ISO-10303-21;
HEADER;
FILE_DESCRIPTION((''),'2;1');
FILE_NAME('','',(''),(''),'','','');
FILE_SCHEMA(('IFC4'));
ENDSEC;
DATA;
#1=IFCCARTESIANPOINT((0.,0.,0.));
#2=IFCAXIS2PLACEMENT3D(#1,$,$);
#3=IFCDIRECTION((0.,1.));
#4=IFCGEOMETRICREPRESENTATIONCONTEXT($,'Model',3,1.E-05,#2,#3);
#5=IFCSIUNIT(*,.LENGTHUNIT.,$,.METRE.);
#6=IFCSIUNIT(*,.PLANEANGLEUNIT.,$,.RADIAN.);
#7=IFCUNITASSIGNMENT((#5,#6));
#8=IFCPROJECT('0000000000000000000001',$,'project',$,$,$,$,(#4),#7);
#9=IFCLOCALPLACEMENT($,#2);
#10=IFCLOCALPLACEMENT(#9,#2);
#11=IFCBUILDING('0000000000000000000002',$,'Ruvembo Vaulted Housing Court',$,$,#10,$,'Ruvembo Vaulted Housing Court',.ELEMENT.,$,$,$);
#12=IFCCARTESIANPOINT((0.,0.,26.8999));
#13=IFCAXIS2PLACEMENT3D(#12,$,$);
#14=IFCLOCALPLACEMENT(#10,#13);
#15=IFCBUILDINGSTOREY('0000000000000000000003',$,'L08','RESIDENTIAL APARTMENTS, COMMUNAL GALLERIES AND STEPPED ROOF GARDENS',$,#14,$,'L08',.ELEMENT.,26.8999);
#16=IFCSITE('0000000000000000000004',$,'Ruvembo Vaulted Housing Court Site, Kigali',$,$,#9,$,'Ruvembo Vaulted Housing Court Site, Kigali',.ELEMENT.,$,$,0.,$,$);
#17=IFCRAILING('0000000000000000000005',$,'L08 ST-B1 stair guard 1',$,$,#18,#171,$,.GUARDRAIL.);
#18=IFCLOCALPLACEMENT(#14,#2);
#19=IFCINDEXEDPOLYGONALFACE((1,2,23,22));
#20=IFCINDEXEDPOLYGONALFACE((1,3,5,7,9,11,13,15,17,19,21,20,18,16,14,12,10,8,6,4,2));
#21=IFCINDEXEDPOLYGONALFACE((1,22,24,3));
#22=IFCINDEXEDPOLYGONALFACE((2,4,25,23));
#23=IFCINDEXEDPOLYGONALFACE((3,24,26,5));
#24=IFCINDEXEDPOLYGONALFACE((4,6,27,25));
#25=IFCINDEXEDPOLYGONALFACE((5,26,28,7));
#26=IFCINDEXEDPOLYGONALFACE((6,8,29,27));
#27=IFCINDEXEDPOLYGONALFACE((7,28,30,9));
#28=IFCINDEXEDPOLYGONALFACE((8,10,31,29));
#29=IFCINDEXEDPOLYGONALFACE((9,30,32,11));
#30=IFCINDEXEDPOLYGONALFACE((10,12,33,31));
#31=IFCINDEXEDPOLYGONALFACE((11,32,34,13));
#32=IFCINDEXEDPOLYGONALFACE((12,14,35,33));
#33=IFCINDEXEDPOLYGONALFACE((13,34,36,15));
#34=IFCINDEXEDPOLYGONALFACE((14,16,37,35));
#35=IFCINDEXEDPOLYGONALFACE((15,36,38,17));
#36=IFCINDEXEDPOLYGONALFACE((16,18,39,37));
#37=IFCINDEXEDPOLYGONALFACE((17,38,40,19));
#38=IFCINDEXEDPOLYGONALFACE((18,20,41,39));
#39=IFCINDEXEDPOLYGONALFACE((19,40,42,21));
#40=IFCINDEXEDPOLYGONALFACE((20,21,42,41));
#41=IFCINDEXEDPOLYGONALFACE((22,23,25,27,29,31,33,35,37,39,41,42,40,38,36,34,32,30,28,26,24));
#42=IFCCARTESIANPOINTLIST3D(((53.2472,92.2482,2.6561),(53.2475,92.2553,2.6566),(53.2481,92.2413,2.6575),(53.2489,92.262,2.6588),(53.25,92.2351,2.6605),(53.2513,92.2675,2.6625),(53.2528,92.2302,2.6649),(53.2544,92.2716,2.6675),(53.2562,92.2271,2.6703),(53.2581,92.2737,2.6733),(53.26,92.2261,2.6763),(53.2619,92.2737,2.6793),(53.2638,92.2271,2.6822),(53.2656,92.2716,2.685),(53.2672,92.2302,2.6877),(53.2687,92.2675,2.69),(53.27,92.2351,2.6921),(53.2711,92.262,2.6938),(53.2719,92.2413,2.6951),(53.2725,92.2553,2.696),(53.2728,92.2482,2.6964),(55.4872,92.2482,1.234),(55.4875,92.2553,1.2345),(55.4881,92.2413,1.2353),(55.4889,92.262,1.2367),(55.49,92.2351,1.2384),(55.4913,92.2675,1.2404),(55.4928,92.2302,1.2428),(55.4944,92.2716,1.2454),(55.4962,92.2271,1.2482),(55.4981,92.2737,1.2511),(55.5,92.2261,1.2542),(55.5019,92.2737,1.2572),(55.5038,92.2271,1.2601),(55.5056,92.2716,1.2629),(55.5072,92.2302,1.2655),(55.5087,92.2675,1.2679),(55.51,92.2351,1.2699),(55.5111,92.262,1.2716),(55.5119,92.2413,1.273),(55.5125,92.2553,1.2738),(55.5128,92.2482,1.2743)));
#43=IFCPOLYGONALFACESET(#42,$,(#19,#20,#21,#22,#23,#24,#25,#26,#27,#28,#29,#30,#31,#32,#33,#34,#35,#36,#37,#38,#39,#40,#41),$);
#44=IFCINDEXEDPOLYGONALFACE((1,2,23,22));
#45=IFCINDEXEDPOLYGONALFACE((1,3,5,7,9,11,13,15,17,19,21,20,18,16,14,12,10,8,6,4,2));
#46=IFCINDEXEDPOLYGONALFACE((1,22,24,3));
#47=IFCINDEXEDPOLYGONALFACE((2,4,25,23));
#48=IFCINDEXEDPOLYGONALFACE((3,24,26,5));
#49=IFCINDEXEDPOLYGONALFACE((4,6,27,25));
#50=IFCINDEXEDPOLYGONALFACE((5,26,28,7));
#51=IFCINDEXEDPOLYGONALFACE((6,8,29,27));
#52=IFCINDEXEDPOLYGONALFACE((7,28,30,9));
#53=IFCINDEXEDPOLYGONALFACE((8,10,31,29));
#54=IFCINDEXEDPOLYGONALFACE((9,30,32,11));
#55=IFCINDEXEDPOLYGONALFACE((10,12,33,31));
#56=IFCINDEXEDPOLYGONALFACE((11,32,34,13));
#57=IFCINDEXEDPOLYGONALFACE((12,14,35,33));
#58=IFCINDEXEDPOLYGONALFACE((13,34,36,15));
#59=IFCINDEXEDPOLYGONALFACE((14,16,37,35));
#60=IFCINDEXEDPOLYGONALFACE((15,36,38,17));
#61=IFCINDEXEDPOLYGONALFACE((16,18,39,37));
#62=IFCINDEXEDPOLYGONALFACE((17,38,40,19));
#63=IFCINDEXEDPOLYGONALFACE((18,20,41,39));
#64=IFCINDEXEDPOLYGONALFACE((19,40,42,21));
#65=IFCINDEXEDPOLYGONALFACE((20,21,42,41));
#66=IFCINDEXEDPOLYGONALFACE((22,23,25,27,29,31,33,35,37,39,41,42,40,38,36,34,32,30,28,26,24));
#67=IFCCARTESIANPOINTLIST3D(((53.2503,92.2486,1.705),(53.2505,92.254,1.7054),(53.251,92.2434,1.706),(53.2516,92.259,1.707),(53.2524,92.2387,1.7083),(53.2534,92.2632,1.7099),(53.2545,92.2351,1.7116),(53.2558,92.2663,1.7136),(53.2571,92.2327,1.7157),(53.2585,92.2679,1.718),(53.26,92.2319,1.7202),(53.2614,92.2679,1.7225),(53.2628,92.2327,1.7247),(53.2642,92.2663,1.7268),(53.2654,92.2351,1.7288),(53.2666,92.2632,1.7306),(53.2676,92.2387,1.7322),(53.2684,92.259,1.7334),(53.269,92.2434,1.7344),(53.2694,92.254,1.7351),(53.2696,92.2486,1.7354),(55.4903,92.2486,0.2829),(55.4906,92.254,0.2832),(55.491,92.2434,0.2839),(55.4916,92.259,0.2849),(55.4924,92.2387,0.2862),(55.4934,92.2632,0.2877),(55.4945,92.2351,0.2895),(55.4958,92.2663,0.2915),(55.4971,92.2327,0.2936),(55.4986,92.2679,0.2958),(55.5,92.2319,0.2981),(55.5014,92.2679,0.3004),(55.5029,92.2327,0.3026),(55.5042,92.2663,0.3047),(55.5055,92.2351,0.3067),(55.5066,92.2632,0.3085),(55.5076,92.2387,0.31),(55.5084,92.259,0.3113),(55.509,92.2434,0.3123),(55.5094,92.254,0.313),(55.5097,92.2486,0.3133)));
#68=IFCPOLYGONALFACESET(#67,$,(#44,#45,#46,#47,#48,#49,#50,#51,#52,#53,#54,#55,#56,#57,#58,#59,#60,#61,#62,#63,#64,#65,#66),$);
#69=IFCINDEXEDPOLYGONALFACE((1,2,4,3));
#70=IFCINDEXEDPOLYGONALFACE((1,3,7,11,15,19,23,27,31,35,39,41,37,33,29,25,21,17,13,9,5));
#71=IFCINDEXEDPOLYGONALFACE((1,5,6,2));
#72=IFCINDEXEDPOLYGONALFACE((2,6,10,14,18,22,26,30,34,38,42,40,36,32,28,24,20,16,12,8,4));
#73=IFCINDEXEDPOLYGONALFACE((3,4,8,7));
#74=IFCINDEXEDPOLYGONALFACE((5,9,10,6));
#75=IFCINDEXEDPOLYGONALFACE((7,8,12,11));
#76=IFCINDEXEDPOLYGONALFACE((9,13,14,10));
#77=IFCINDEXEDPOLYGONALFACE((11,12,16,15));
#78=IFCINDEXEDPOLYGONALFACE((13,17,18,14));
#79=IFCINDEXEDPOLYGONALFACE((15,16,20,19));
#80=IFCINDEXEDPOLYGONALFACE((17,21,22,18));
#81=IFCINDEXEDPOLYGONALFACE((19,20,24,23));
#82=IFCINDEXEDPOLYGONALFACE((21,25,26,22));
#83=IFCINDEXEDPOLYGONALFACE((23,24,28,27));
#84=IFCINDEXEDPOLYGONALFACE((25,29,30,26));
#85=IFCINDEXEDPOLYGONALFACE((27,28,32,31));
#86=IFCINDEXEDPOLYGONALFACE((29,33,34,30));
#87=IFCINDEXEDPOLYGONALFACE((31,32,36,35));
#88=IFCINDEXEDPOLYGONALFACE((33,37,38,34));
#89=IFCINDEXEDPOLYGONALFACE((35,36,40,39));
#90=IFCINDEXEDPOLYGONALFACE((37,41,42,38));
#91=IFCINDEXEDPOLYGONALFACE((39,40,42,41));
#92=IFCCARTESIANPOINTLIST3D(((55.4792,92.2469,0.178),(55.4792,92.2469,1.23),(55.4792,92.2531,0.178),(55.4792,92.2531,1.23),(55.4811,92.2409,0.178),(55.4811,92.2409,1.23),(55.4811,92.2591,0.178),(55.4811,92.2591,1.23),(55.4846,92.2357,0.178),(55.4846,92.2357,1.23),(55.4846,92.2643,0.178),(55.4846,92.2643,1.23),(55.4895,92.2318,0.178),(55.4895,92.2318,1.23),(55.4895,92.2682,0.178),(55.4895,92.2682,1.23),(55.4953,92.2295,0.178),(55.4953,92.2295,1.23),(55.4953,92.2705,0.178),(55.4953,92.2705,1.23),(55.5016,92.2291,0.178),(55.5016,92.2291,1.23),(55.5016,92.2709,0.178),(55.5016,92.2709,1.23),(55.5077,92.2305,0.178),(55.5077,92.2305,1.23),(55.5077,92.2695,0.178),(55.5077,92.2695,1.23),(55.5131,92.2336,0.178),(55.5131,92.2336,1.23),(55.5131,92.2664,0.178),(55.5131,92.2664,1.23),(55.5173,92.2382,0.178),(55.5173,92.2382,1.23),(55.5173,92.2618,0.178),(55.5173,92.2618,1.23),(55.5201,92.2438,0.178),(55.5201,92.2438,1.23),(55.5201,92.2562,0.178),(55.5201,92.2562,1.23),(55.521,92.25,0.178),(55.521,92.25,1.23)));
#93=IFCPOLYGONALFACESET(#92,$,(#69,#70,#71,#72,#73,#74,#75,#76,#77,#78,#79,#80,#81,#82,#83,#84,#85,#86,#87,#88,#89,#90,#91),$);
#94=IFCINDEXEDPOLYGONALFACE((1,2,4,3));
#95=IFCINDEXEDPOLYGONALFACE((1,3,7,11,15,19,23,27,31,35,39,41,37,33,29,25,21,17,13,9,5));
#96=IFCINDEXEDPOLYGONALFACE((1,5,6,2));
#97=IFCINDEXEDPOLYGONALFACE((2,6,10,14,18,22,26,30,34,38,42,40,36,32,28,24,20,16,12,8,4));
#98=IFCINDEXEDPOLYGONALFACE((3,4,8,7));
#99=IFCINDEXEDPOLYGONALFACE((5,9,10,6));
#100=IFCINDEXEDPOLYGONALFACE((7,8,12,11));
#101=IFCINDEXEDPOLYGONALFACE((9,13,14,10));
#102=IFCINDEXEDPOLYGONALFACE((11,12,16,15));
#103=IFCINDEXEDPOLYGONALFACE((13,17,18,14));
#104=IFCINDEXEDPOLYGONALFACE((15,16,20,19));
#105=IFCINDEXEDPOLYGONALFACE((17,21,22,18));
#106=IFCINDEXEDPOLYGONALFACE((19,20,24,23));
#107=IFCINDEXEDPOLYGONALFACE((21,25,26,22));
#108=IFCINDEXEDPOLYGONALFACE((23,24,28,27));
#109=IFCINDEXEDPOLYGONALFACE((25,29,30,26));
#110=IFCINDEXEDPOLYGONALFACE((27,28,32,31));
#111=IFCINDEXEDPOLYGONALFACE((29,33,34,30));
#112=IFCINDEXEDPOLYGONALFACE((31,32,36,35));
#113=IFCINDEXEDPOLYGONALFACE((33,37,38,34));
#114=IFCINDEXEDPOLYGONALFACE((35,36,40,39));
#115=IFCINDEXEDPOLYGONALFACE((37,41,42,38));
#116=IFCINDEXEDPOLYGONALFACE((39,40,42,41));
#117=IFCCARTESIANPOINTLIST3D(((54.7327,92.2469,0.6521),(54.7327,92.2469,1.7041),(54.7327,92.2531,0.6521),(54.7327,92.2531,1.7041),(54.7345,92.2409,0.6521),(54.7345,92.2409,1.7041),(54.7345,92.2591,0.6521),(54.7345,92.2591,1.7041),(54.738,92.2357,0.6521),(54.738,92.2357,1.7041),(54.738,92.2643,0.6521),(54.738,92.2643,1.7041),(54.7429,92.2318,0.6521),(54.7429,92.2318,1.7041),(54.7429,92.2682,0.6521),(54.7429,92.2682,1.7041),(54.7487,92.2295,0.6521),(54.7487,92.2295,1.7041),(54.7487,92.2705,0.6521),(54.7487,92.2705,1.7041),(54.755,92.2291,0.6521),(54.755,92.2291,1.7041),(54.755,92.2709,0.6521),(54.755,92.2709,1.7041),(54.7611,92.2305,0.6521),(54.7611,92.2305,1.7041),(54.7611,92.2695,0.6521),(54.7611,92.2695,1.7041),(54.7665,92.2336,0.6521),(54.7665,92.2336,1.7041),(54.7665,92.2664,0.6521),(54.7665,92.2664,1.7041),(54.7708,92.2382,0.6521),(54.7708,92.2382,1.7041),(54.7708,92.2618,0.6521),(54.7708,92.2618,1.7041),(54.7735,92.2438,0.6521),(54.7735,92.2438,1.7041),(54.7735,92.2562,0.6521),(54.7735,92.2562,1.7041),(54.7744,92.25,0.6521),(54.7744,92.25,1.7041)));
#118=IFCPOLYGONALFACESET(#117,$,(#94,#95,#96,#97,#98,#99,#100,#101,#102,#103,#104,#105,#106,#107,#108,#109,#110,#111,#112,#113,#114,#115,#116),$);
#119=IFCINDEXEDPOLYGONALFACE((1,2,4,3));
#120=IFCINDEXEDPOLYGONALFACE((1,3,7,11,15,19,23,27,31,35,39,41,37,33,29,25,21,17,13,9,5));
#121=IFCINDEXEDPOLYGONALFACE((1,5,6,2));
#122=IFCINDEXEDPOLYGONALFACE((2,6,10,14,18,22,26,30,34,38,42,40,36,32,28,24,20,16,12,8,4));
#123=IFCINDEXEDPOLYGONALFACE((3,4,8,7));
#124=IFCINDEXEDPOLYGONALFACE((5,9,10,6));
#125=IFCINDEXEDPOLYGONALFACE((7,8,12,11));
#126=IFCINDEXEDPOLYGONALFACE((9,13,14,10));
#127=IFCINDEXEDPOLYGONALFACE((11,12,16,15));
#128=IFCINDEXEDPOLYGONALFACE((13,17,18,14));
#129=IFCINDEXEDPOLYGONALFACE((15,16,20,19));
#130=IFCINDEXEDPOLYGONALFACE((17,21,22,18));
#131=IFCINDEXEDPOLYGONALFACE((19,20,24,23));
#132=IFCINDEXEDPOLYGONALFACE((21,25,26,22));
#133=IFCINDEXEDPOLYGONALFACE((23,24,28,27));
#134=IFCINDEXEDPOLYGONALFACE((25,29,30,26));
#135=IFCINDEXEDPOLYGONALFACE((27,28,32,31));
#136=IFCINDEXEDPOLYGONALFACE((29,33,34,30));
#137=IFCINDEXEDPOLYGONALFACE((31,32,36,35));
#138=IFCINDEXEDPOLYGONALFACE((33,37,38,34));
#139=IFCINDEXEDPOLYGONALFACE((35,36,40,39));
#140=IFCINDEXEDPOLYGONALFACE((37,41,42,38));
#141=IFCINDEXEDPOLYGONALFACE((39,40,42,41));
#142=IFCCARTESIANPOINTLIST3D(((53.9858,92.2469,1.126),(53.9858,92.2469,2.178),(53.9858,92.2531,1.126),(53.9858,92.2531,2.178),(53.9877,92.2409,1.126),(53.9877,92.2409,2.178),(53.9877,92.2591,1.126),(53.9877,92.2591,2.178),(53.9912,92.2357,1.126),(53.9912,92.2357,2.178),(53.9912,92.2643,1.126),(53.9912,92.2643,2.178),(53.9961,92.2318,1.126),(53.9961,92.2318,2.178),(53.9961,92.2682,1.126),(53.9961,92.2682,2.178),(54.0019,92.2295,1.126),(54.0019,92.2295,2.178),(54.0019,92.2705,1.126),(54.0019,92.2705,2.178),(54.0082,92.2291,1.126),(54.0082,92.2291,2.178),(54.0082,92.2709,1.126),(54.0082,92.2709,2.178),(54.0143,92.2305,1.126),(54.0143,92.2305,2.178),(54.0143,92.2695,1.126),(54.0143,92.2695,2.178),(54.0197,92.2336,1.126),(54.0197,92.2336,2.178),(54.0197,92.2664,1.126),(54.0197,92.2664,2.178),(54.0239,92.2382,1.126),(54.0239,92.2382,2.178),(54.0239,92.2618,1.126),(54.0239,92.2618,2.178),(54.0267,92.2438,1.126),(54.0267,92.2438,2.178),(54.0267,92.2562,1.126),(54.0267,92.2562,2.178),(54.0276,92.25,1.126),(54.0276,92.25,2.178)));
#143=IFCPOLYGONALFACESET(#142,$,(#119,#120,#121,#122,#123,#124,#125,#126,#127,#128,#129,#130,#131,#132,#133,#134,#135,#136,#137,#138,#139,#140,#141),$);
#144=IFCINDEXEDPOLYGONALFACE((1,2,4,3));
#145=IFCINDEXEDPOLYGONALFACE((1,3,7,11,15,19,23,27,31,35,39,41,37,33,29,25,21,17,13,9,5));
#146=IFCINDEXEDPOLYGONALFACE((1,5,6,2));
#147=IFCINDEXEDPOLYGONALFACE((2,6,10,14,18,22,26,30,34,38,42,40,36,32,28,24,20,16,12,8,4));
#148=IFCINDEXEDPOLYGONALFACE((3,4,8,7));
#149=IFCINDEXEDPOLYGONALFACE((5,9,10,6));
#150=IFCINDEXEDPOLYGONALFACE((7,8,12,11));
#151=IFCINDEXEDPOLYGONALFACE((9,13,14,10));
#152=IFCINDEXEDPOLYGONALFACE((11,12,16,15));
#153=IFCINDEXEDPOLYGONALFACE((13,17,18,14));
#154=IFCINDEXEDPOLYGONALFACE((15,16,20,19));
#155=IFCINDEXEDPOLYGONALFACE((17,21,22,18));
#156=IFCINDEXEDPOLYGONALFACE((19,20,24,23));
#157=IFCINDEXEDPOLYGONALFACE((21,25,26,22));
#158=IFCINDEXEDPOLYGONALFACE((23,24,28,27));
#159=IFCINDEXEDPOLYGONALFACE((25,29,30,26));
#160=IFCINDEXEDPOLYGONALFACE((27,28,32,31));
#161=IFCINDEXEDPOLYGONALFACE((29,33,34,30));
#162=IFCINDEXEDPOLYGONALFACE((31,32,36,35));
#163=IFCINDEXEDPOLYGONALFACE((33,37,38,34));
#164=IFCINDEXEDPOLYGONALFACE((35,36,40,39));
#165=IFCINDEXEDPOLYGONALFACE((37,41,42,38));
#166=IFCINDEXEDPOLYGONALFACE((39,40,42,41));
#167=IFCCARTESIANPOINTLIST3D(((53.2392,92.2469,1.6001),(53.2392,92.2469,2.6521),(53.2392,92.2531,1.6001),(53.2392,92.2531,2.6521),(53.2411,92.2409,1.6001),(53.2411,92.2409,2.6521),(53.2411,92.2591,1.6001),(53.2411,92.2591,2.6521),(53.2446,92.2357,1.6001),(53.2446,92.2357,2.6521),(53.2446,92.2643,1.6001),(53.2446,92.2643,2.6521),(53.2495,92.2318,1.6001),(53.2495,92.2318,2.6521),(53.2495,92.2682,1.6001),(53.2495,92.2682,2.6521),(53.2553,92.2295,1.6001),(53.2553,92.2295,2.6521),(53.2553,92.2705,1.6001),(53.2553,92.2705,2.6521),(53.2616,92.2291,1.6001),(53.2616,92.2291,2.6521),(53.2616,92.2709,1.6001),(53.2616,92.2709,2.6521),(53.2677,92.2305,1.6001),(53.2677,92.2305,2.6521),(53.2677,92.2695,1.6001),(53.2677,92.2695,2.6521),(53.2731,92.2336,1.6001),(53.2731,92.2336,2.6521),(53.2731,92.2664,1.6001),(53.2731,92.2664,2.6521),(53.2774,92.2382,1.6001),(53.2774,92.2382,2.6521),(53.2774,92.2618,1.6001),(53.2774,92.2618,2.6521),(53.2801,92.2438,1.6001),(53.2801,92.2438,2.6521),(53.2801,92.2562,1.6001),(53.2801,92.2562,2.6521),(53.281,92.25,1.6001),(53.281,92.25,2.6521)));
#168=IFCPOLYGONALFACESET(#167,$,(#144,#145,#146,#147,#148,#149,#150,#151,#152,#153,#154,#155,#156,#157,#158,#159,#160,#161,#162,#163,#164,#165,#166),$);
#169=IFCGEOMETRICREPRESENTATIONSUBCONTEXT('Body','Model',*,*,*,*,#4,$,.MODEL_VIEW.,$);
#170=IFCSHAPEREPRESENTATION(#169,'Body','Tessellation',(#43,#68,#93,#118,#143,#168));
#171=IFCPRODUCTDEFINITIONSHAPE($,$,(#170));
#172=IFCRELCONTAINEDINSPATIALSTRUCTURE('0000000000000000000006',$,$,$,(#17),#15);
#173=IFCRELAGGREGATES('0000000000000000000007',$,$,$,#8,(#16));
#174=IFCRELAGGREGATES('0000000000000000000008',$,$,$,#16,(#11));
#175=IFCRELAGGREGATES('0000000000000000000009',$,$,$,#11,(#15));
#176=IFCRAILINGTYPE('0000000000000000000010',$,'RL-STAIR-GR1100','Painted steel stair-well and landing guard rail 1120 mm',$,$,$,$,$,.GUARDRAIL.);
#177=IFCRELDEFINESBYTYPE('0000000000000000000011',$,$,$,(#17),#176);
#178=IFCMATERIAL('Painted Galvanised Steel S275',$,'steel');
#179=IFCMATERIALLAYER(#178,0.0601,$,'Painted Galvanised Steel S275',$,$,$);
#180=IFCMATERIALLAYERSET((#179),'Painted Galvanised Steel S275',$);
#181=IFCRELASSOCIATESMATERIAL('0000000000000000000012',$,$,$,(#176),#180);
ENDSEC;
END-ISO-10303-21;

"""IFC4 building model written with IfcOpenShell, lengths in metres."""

from ifc_helpers import new_model, si_unit, direction, frame, origin, origin_2d, place, context, subcontext, project, spatial, circle, extrude, material, layer, layer_set, type_object, element, save


model = new_model("IFC4")

# Units and contexts
model_context = context("Model", 3, precision=1e-05, world=origin(), true_north=direction((0.0, 1.0)))
body_context = subcontext(model_context, "Body", "Model", "MODEL_VIEW")
ifc_project = project(units=[si_unit("LENGTHUNIT", "METRE"), si_unit("PLANEANGLEUNIT", "RADIAN")], contexts=[model_context])

# Site, building, storey
site_placement = place(None, origin())
site = spatial("IfcSite", under=ifc_project, at=site_placement, Name="Ruvembo Vaulted Housing Court Site, Kigali", LongName="Ruvembo Vaulted Housing Court Site, Kigali", CompositionType="ELEMENT", RefElevation=0.0)
building_placement = place(site_placement, origin())
building = spatial("IfcBuilding", under=site, at=building_placement, Name="Ruvembo Vaulted Housing Court", LongName="Ruvembo Vaulted Housing Court", CompositionType="ELEMENT")
storey_placement = place(building_placement, frame((0.0, 0.0, 26.8999)))
storey = spatial("IfcBuildingStorey", under=building, at=storey_placement, Name="L08", Description="RESIDENTIAL APARTMENTS, COMMUNAL GALLERIES AND STEPPED ROOF GARDENS", LongName="L08", CompositionType="ELEMENT", Elevation=26.8999)

# Railing
ifc_material_1 = material(Name="Painted Galvanised Steel S275", Category="steel")
ifc_layer_1 = layer(ifc_material_1, 0.0601, Name="Painted Galvanised Steel S275")
ifc_layer_set_1 = layer_set([ifc_layer_1], Name="Painted Galvanised Steel S275")
railing_type_1 = type_object("IfcRailingType", Name="RL-STAIR-GR1100", Description="Painted steel stair-well and landing guard rail 1120 mm", PredefinedType="GUARDRAIL", material=ifc_layer_set_1)
railing_1_placement = place(storey_placement, frame((55.5, 92.25, 0.178)))
element("IfcRailing", 1, at=railing_1_placement, inside=storey, type_object=railing_type_1, Name="L08 ST-B1 stair guard 1", PredefinedType="GUARDRAIL", context=body_context, shape_type="SweptSolid", body=[
    extrude(circle(Radius=0.0239, at=origin_2d()), frame((0.0, 0.0, 1.0762), z_axis=(-0.844229, 0.0, 0.535982), x_axis=(0.0, -1.0, 0.0)), (0.0, 0.0, 1.0), 2.6533),
    extrude(circle(Radius=0.0181, at=origin_2d()), frame((0.0, 0.0, 0.1201), z_axis=(-0.844229, 0.0, 0.535982), x_axis=(0.0, -1.0, 0.0)), (0.0, 0.0, 1.0), 2.6533),
    extrude(circle(Radius=0.021, at=origin_2d()), origin(), (0.0, 0.0, 1.0), 1.052),
    extrude(circle(Radius=0.021, at=origin_2d()), frame((-0.7466, 0.0, 0.4741)), (0.0, 0.0, 1.0), 1.052),
    extrude(circle(Radius=0.021, at=origin_2d()), frame((-1.4934, 0.0, 0.948)), (0.0, 0.0, 1.0), 1.052),
    extrude(circle(Radius=0.021, at=origin_2d()), frame((-2.24, 0.0, 1.4221)), (0.0, 0.0, 1.0), 1.052),
])

save(model, "model.ifc")
